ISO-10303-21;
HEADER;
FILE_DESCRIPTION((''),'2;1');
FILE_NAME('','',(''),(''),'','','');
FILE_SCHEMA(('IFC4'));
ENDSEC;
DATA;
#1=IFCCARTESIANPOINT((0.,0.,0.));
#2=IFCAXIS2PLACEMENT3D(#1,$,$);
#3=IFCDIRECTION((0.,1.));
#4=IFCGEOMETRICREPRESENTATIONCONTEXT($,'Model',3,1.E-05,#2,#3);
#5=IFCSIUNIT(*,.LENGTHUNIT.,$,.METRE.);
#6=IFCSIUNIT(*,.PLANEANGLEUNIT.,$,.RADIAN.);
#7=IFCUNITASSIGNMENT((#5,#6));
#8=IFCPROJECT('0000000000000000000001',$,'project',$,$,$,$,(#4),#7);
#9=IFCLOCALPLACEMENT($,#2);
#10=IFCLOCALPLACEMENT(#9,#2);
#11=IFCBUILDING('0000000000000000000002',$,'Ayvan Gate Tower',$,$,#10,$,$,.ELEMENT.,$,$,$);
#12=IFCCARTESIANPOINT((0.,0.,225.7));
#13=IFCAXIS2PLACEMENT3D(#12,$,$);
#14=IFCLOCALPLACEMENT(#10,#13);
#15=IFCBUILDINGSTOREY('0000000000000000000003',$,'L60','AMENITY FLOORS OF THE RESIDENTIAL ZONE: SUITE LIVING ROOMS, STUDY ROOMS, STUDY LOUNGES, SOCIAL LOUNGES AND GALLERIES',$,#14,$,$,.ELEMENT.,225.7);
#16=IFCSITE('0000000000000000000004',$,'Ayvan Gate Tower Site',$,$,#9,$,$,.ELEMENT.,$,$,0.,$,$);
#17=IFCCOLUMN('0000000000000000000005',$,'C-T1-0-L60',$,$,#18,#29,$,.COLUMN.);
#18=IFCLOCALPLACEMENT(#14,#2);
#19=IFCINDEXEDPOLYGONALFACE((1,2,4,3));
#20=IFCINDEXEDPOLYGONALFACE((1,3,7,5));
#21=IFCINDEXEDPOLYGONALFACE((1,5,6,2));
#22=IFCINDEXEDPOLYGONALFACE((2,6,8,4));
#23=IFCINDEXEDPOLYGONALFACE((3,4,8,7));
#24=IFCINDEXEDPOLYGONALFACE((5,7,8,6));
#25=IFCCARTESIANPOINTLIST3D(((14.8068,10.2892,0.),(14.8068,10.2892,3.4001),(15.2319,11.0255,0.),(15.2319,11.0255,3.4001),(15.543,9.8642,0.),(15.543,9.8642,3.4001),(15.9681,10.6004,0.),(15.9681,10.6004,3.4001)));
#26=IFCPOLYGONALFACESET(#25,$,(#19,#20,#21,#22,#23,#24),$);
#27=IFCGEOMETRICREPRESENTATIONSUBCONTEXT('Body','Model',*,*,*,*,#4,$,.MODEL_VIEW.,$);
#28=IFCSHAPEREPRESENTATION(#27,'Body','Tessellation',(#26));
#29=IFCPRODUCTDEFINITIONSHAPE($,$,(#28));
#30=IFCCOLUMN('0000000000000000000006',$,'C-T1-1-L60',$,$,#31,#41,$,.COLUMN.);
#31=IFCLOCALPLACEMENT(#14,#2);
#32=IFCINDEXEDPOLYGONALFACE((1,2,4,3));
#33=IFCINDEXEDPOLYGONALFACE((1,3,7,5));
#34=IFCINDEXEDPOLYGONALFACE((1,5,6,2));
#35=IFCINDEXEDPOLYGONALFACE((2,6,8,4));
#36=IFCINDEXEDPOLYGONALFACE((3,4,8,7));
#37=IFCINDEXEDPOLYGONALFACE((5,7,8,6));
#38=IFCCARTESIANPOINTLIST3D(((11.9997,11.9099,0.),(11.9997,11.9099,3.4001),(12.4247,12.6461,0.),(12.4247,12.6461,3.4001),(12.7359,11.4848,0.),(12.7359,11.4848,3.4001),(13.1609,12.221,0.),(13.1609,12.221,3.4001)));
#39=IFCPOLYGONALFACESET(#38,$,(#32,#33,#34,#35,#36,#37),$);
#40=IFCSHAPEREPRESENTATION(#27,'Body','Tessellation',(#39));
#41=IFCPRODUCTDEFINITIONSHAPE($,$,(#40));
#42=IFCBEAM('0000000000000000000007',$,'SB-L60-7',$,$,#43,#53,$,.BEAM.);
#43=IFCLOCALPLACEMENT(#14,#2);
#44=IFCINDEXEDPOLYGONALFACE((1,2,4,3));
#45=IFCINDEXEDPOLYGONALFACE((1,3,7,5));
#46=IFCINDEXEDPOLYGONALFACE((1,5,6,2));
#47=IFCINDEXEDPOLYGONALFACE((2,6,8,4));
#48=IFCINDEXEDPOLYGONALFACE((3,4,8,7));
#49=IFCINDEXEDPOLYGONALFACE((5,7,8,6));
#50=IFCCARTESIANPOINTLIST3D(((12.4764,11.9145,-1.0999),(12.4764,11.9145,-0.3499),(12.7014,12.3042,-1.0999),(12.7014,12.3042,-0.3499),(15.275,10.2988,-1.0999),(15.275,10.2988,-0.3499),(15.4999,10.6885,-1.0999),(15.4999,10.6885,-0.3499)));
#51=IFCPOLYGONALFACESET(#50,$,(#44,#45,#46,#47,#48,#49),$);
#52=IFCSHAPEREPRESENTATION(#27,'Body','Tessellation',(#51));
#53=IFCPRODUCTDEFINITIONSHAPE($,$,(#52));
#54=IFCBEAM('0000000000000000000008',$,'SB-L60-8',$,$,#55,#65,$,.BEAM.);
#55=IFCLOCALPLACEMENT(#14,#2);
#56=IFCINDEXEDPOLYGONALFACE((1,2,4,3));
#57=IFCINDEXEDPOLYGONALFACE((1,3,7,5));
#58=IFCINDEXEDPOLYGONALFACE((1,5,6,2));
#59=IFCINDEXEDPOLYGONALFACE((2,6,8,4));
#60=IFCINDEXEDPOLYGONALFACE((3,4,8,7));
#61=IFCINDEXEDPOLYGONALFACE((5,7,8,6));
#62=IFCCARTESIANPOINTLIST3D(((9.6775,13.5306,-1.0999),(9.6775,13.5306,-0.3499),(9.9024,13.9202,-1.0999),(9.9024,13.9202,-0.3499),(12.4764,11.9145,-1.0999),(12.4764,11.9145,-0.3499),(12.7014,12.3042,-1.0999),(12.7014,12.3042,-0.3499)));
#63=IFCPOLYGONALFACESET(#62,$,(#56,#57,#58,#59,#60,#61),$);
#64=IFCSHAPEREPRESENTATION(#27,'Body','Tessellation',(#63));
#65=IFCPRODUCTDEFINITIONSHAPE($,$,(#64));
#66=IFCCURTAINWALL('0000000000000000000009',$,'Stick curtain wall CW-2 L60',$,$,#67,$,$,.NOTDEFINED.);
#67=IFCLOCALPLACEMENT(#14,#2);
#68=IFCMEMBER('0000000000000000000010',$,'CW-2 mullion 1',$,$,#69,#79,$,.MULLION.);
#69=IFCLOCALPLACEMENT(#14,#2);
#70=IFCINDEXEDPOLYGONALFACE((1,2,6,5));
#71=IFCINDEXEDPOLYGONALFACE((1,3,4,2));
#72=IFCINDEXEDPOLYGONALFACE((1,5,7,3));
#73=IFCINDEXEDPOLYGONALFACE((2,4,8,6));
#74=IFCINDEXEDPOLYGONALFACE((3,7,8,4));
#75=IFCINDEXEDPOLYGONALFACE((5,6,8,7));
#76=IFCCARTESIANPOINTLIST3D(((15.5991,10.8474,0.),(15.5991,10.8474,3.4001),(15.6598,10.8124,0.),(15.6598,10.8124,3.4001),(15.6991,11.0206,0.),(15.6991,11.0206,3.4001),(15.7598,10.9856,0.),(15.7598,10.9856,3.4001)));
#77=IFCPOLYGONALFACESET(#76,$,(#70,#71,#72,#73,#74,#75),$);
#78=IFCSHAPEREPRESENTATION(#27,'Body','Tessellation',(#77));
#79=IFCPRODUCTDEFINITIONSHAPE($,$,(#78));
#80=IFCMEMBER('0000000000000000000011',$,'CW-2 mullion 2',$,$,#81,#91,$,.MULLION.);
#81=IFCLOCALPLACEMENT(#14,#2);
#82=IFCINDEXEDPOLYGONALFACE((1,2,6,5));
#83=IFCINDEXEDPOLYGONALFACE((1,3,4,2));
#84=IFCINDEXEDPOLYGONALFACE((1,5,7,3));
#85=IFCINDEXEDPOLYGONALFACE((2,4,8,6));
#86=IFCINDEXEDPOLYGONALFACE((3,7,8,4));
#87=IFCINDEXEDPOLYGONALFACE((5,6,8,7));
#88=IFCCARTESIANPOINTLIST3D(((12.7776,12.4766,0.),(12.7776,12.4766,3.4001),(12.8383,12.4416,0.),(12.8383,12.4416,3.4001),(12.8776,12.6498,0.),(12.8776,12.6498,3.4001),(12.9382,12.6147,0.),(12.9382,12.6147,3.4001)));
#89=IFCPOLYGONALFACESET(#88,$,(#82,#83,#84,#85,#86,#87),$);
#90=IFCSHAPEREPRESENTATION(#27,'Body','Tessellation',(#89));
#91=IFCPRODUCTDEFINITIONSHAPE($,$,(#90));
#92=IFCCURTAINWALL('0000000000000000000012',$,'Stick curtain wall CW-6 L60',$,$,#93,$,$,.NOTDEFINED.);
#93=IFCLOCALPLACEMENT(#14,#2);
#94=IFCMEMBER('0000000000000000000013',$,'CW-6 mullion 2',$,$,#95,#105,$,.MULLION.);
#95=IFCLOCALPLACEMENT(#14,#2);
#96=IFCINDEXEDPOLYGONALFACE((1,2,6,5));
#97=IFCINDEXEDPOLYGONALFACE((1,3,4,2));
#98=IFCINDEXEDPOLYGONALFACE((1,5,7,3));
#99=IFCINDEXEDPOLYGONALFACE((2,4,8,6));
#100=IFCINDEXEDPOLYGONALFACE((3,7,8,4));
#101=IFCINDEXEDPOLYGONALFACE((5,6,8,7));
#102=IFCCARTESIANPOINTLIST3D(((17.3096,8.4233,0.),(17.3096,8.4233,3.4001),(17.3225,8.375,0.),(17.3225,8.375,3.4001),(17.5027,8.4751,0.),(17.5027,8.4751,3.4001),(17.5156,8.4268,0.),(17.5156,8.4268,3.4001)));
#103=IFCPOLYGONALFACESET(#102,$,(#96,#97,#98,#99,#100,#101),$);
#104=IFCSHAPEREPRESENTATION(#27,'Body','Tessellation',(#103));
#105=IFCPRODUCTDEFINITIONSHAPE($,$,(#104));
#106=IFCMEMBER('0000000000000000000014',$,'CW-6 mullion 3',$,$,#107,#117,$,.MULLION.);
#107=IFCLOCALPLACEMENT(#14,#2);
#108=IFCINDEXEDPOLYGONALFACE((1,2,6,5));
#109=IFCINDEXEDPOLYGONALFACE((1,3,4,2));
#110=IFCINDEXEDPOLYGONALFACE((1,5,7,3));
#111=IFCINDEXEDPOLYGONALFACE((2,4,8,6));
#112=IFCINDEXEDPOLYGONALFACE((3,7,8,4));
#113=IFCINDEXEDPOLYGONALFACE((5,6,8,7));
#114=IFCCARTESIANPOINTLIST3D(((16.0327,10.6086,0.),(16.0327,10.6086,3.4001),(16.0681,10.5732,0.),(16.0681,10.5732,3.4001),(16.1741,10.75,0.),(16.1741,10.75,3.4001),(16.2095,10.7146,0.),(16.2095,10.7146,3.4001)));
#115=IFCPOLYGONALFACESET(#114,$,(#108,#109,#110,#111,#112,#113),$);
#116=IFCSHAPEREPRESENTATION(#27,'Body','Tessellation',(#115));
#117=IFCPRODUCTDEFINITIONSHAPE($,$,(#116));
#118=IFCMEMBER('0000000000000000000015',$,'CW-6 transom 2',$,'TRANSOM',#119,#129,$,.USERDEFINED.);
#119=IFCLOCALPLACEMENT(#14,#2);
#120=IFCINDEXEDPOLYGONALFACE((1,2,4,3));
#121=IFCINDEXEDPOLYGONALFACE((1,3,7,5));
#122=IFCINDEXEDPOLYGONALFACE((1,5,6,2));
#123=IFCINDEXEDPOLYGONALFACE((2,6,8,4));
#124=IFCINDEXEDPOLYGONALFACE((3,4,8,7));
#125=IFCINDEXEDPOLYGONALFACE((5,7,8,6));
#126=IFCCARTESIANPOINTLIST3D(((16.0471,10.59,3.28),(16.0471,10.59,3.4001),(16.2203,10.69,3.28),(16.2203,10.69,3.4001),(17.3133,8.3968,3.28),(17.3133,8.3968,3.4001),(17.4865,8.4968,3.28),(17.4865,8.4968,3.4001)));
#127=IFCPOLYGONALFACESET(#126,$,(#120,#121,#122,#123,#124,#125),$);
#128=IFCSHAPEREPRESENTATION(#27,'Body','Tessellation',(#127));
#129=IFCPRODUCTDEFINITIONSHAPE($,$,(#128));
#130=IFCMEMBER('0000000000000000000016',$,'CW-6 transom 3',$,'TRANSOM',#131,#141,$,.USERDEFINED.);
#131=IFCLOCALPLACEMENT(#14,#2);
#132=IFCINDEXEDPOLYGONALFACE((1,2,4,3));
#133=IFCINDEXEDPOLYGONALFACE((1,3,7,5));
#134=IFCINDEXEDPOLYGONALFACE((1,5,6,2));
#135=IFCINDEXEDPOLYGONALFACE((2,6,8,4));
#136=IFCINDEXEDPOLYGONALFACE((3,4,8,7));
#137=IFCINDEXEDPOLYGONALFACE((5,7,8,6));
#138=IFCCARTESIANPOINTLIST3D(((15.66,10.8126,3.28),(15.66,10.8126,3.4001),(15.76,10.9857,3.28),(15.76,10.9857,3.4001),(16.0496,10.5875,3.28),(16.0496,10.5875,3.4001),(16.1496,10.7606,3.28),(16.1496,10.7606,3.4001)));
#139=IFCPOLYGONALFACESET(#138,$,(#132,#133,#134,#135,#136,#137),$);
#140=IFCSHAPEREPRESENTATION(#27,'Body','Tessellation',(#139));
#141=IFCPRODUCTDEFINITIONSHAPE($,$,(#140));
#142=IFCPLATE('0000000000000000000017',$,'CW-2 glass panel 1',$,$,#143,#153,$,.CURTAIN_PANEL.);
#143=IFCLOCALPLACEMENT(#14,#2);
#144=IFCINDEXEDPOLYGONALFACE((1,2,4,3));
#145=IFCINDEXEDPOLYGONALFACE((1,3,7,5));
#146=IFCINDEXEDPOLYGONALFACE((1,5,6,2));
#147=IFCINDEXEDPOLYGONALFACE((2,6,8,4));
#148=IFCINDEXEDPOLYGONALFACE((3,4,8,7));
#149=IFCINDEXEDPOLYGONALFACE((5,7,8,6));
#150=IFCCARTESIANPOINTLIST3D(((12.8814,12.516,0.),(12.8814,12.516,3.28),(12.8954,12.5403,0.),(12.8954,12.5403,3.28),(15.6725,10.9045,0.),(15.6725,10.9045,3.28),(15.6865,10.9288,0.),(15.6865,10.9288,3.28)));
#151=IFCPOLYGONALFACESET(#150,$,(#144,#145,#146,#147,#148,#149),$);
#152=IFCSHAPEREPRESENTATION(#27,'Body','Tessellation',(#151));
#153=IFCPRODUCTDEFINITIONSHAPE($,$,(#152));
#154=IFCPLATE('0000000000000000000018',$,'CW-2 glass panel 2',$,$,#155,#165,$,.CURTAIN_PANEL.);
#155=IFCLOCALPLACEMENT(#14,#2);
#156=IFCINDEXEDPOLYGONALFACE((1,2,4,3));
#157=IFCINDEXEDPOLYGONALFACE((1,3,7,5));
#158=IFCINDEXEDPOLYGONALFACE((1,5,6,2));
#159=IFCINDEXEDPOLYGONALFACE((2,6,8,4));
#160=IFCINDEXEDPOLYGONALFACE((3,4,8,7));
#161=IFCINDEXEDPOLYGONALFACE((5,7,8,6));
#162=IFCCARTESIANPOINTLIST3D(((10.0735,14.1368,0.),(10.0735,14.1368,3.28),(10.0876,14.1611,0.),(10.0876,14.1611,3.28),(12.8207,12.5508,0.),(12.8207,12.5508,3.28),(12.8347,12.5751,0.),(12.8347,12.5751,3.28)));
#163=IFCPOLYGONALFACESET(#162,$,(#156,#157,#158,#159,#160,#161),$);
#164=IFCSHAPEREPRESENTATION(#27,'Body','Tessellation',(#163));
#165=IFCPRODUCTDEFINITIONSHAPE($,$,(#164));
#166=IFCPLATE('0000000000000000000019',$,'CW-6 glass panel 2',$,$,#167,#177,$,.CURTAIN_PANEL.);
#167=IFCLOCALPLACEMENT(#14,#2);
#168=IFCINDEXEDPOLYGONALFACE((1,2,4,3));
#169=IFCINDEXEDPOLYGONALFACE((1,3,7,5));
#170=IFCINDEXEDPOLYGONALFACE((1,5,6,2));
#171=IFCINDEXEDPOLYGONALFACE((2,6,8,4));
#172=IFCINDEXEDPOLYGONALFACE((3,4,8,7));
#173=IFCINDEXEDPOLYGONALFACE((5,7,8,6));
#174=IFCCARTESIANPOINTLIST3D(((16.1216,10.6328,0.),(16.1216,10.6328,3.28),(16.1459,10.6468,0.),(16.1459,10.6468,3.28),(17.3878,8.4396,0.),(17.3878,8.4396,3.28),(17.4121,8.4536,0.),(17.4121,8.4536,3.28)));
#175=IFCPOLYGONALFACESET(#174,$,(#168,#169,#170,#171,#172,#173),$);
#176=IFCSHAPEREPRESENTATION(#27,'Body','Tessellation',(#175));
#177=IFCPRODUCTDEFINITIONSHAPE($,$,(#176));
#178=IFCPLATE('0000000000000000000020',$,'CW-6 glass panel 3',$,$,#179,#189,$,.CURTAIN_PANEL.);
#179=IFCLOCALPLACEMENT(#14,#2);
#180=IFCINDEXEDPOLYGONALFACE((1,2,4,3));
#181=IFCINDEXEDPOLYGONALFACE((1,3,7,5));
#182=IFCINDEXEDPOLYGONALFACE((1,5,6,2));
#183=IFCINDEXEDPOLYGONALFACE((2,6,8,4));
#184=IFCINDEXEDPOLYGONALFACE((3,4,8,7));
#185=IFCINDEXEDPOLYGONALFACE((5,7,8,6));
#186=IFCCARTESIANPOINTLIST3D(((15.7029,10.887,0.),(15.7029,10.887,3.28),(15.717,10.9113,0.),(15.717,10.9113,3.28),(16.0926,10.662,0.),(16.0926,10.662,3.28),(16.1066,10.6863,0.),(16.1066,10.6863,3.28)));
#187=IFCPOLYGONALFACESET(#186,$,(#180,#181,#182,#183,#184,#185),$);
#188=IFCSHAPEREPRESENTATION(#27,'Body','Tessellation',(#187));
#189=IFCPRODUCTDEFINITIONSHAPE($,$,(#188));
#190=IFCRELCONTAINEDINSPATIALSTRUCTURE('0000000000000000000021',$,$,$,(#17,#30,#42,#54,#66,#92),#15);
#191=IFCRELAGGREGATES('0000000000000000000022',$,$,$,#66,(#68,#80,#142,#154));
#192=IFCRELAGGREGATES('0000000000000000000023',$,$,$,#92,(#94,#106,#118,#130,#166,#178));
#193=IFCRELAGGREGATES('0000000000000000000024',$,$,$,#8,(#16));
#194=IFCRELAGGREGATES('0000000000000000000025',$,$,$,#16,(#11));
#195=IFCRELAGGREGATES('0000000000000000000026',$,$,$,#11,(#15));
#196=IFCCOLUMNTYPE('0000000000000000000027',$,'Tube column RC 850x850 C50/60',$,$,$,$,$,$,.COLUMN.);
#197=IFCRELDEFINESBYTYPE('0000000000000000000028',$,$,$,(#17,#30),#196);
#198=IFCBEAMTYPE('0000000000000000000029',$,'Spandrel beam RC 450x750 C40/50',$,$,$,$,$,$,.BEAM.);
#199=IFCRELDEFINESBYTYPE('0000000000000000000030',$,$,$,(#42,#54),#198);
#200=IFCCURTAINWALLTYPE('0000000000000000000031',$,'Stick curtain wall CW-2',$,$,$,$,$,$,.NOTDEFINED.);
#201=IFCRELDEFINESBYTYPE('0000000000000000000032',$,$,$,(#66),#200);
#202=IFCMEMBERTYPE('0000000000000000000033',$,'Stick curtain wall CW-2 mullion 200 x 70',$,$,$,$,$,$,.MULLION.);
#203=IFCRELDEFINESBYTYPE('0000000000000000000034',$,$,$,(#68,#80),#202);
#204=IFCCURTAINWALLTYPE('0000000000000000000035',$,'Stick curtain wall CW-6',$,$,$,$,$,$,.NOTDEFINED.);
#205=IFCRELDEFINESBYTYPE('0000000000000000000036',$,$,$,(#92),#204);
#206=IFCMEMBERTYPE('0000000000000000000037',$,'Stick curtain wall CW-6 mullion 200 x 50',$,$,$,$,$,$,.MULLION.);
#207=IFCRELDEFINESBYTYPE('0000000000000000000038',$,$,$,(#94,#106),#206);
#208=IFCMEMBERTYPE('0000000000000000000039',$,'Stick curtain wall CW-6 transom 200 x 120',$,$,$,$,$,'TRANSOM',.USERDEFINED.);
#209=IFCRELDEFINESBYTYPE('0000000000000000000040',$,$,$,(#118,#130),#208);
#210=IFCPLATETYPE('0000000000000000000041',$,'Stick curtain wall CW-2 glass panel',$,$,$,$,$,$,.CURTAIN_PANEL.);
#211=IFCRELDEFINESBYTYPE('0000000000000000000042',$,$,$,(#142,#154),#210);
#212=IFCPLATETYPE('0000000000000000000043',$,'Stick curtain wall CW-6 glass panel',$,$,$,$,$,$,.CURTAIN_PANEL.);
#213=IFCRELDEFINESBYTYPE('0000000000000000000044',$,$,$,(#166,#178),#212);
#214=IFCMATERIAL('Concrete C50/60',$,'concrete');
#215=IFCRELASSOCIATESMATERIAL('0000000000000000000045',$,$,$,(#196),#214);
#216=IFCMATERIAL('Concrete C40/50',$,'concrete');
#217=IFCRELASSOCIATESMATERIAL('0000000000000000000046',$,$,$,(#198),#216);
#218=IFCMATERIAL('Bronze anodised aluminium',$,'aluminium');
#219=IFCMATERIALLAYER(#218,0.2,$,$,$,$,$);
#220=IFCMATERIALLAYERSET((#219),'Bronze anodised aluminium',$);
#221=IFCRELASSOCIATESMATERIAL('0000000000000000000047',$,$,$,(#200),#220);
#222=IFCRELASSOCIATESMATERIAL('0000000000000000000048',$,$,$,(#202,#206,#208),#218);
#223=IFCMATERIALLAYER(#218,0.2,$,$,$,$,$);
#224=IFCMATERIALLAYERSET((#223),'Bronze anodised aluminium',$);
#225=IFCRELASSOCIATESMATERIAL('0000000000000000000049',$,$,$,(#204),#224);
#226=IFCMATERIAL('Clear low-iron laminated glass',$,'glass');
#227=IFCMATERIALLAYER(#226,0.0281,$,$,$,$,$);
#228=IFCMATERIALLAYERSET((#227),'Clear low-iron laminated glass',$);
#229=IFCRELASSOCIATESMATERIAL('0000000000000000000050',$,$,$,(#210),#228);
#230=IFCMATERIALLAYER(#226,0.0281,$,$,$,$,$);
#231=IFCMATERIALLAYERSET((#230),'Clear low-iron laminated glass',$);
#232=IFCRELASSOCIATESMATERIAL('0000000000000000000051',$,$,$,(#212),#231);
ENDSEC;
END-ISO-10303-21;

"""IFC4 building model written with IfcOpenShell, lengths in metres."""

from ifc_helpers import new_model, si_unit, direction, frame, origin, origin_2d, place, context, subcontext, project, spatial, rectangle, extrude, material, layer, layer_set, material_profile, profile_set, type_object, element, aggregate, save


model = new_model("IFC4")

# Units and contexts
model_context = context("Model", 3, precision=1e-05, world=origin(), true_north=direction((0.0, 1.0)))
body_context = subcontext(model_context, "Body", "Model", "MODEL_VIEW")
ifc_project = project(units=[si_unit("LENGTHUNIT", "METRE"), si_unit("PLANEANGLEUNIT", "RADIAN")], contexts=[model_context])

# Site, building, storey
site_placement = place(None, origin())
site = spatial("IfcSite", under=ifc_project, at=site_placement, Name="Ayvan Gate Tower Site", CompositionType="ELEMENT", RefElevation=0.0)
building_placement = place(site_placement, origin())
building = spatial("IfcBuilding", under=site, at=building_placement, Name="Ayvan Gate Tower", CompositionType="ELEMENT")
storey_placement = place(building_placement, frame((0.0, 0.0, 225.7)))
storey = spatial("IfcBuildingStorey", under=building, at=storey_placement, Name="L60", Description="AMENITY FLOORS OF THE RESIDENTIAL ZONE: SUITE LIVING ROOMS, STUDY ROOMS, STUDY LOUNGES, SOCIAL LOUNGES AND GALLERIES", CompositionType="ELEMENT", Elevation=225.7)

# Columns
ifc_material_1 = material(Name="Concrete C50/60", Category="concrete")
ifc_material_profile_1 = material_profile(ifc_material_1, rectangle(XDim=0.8501, YDim=0.8501, at=origin_2d()), Name="RC 850x850")
ifc_profile_set_1 = profile_set([ifc_material_profile_1], Name="Concrete C50/60")
column_type = type_object("IfcColumnType", Name="Tube column RC 850x850 C50/60", PredefinedType="COLUMN", material=ifc_profile_set_1)
for number, where, z_axis, x_axis, name in (
    (1, (15.3875, 10.4448, 0.0), (0.0, 0.0, 1.0), (0.5, 0.866025, 0.0), "C-T1-0-L60"),
    (2, (12.5803, 12.0654, 0.0), (0.0, 0.0, 1.0), (0.5, 0.866025, 0.0), "C-T1-1-L60"),
):
    element("IfcColumn", number, at=place(storey_placement, frame(where, z_axis=z_axis, x_axis=x_axis)), inside=storey, type_object=column_type, Name=name, PredefinedType="COLUMN", context=body_context, shape_type="SweptSolid", body=[
        extrude(rectangle(XDim=0.8501, YDim=0.8501, at=origin_2d()), origin(), (0.0, 0.0, 1.0), 3.4001),
    ])

# Beams
ifc_material_2 = material(Name="Concrete C40/50", Category="concrete")
ifc_material_profile_2 = material_profile(ifc_material_2, rectangle(XDim=0.45, YDim=0.75, at=origin_2d()), Name="RC 450x750")
ifc_profile_set_2 = profile_set([ifc_material_profile_2], Name="Concrete C40/50")
beam_type = type_object("IfcBeamType", Name="Spandrel beam RC 450x750 C40/50", PredefinedType="BEAM", material=ifc_profile_set_2)
beam_1_placement = place(storey_placement, frame((15.3875, 10.4937, -0.7249), z_axis=(-0.866031, 0.499991, 0.0), x_axis=(-0.499991, -0.866031, 0.0)))
element("IfcBeam", 3, at=beam_1_placement, inside=storey, type_object=beam_type, Name="SB-L60-7", PredefinedType="BEAM", context=body_context, shape_type="SweptSolid", body=[
    extrude(rectangle(XDim=0.45, YDim=0.75, at=origin_2d()), origin(), (0.0, 0.0, 1.0), 3.2314),
])
beam_2_placement = place(storey_placement, frame((12.5889, 12.1094, -0.7249), z_axis=(-0.866017, 0.500015, 0.0), x_axis=(-0.500015, -0.866017, 0.0)))
element("IfcBeam", 4, at=beam_2_placement, inside=storey, type_object=beam_type, Name="SB-L60-8", PredefinedType="BEAM", context=body_context, shape_type="SweptSolid", body=[
    extrude(rectangle(XDim=0.45, YDim=0.75, at=origin_2d()), origin(), (0.0, 0.0, 1.0), 3.2319),
])

# Curtain walls, members
ifc_material_3 = material(Name="Bronze anodised aluminium", Category="aluminium")
ifc_layer_1 = layer(ifc_material_3, 0.2)
ifc_layer_set_1 = layer_set([ifc_layer_1], Name="Bronze anodised aluminium")
curtain_wall_type_1 = type_object("IfcCurtainWallType", Name="Stick curtain wall CW-2", PredefinedType="NOTDEFINED", material=ifc_layer_set_1)
curtain_wall_1_placement = place(storey_placement, origin())
curtain_wall_1 = element("IfcCurtainWall", 5, at=curtain_wall_1_placement, inside=storey, type_object=curtain_wall_type_1, Name="Stick curtain wall CW-2 L60", PredefinedType="NOTDEFINED")
ifc_material_profile_3 = material_profile(ifc_material_3, rectangle(XDim=0.2, YDim=0.0701, at=origin_2d()), Name="Stick curtain wall CW-2 mullion 200 x 70")
ifc_profile_set_3 = profile_set([ifc_material_profile_3], Name="Bronze anodised aluminium")
member_type_1 = type_object("IfcMemberType", Name="Stick curtain wall CW-2 mullion 200 x 70", PredefinedType="MULLION", material=ifc_profile_set_3)
member_1_placement = place(storey_placement, frame((15.6794, 10.9165, 0.0), z_axis=(0.0, 0.0, 1.0), x_axis=(0.5, 0.866025, 0.0)))
member_1 = element("IfcMember", 6, at=member_1_placement, type_object=member_type_1, Name="CW-2 mullion 1", PredefinedType="MULLION", context=body_context, shape_type="SweptSolid", body=[
    extrude(rectangle(XDim=0.2, YDim=0.0701, at=origin_2d()), origin(), (0.0, 0.0, 1.0), 3.4001),
])
member_2_placement = place(storey_placement, frame((12.8579, 12.5457, 0.0), z_axis=(0.0, 0.0, 1.0), x_axis=(0.5, 0.866025, 0.0)))
member_2 = element("IfcMember", 7, at=member_2_placement, type_object=member_type_1, Name="CW-2 mullion 2", PredefinedType="MULLION", context=body_context, shape_type="SweptSolid", body=[
    extrude(rectangle(XDim=0.2, YDim=0.0701, at=origin_2d()), origin(), (0.0, 0.0, 1.0), 3.4001),
])
ifc_layer_2 = layer(ifc_material_3, 0.2)
ifc_layer_set_2 = layer_set([ifc_layer_2], Name="Bronze anodised aluminium")
curtain_wall_type_2 = type_object("IfcCurtainWallType", Name="Stick curtain wall CW-6", PredefinedType="NOTDEFINED", material=ifc_layer_set_2)
curtain_wall_2_placement = place(storey_placement, origin())
curtain_wall_2 = element("IfcCurtainWall", 8, at=curtain_wall_2_placement, inside=storey, type_object=curtain_wall_type_2, Name="Stick curtain wall CW-6 L60", PredefinedType="NOTDEFINED")
ifc_material_profile_4 = material_profile(ifc_material_3, rectangle(XDim=0.2, YDim=0.05, at=origin_2d()), Name="Stick curtain wall CW-6 mullion 200 x 50")
ifc_profile_set_4 = profile_set([ifc_material_profile_4], Name="Bronze anodised aluminium")
member_type_2 = type_object("IfcMemberType", Name="Stick curtain wall CW-6 mullion 200 x 50", PredefinedType="MULLION", material=ifc_profile_set_4)
member_3_placement = place(storey_placement, frame((17.4126, 8.425, 0.0), z_axis=(0.0, 0.0, 1.0), x_axis=(0.965926, 0.258819, 0.0)))
member_3 = element("IfcMember", 9, at=member_3_placement, type_object=member_type_2, Name="CW-6 mullion 2", PredefinedType="MULLION", context=body_context, shape_type="SweptSolid", body=[
    extrude(rectangle(XDim=0.2, YDim=0.05, at=origin_2d()), origin(), (0.0, 0.0, 1.0), 3.4001),
])
member_4_placement = place(storey_placement, frame((16.1211, 10.6616, 0.0), z_axis=(0.0, 0.0, 1.0), x_axis=(0.707107, 0.707107, 0.0)))
member_4 = element("IfcMember", 10, at=member_4_placement, type_object=member_type_2, Name="CW-6 mullion 3", PredefinedType="MULLION", context=body_context, shape_type="SweptSolid", body=[
    extrude(rectangle(XDim=0.2, YDim=0.05, at=origin_2d()), origin(), (0.0, 0.0, 1.0), 3.4001),
])
ifc_material_profile_5 = material_profile(ifc_material_3, rectangle(XDim=0.2, YDim=0.1201, at=origin_2d()), Name="Stick curtain wall CW-6 transom 200 x 120")
ifc_profile_set_5 = profile_set([ifc_material_profile_5], Name="Bronze anodised aluminium")
member_type_3 = type_object("IfcMemberType", Name="Stick curtain wall CW-6 transom 200 x 120", ElementType="TRANSOM", PredefinedType="USERDEFINED", material=ifc_profile_set_5)
member_5_placement = place(storey_placement, frame((17.3999, 8.4468, 3.3401), z_axis=(-0.499976, 0.866039, 0.0), x_axis=(-0.866039, -0.499976, 0.0)))
member_5 = element("IfcMember", 11, at=member_5_placement, type_object=member_type_3, Name="CW-6 transom 2", ObjectType="TRANSOM", PredefinedType="USERDEFINED", context=body_context, shape_type="SweptSolid", body=[
    extrude(rectangle(XDim=0.2, YDim=0.1201, at=origin_2d()), origin(), (0.0, 0.0, 1.0), 2.5325),
])
member_6_placement = place(storey_placement, frame((16.0996, 10.6741, 3.3401), z_axis=(-0.865896, 0.500223, 0.0), x_axis=(-0.500223, -0.865896, 0.0)))
member_6 = element("IfcMember", 12, at=member_6_placement, type_object=member_type_3, Name="CW-6 transom 3", ObjectType="TRANSOM", PredefinedType="USERDEFINED", context=body_context, shape_type="SweptSolid", body=[
    extrude(rectangle(XDim=0.2, YDim=0.1201, at=origin_2d()), origin(), (0.0, 0.0, 1.0), 0.45),
])

# Plates
ifc_material_4 = material(Name="Clear low-iron laminated glass", Category="glass")
ifc_layer_3 = layer(ifc_material_4, 0.0281)
ifc_layer_set_3 = layer_set([ifc_layer_3], Name="Clear low-iron laminated glass")
plate_type_1 = type_object("IfcPlateType", Name="Stick curtain wall CW-2 glass panel", PredefinedType="CURTAIN_PANEL", material=ifc_layer_set_3)
plate_1_placement = place(storey_placement, frame((14.2839, 11.7224, 0.0), z_axis=(0.0, 0.0, 1.0), x_axis=(-0.866025, 0.5, 0.0)))
plate_1 = element("IfcPlate", 13, at=plate_1_placement, type_object=plate_type_1, Name="CW-2 glass panel 1", PredefinedType="CURTAIN_PANEL", context=body_context, shape_type="SweptSolid", body=[
    extrude(rectangle(XDim=3.2229, YDim=0.0281, at=origin_2d()), origin(), (0.0, 0.0, 1.0), 3.28),
])
plate_2_placement = place(storey_placement, frame((11.4541, 13.356, 0.0), z_axis=(0.0, 0.0, 1.0), x_axis=(-0.866025, 0.5, 0.0)))
plate_2 = element("IfcPlate", 14, at=plate_2_placement, type_object=plate_type_1, Name="CW-2 glass panel 2", PredefinedType="CURTAIN_PANEL", context=body_context, shape_type="SweptSolid", body=[
    extrude(rectangle(XDim=3.1721, YDim=0.0281, at=origin_2d()), origin(), (0.0, 0.0, 1.0), 3.28),
])
aggregate(curtain_wall_1, [member_1, member_2, plate_1, plate_2])
ifc_layer_4 = layer(ifc_material_4, 0.0281)
ifc_layer_set_4 = layer_set([ifc_layer_4], Name="Clear low-iron laminated glass")
plate_type_2 = type_object("IfcPlateType", Name="Stick curtain wall CW-6 glass panel", PredefinedType="CURTAIN_PANEL", material=ifc_layer_set_4)
plate_3_placement = place(storey_placement, frame((16.7668, 9.5432, 0.0), z_axis=(0.0, 0.0, 1.0), x_axis=(-0.5, 0.866025, 0.0)))
plate_3 = element("IfcPlate", 15, at=plate_3_placement, type_object=plate_type_2, Name="CW-6 glass panel 2", PredefinedType="CURTAIN_PANEL", context=body_context, shape_type="SweptSolid", body=[
    extrude(rectangle(XDim=2.5325, YDim=0.0281, at=origin_2d()), origin(), (0.0, 0.0, 1.0), 3.28),
])
plate_4_placement = place(storey_placement, frame((15.9048, 10.7866, 0.0), z_axis=(0.0, 0.0, 1.0), x_axis=(-0.866025, 0.5, 0.0)))
plate_4 = element("IfcPlate", 16, at=plate_4_placement, type_object=plate_type_2, Name="CW-6 glass panel 3", PredefinedType="CURTAIN_PANEL", context=body_context, shape_type="SweptSolid", body=[
    extrude(rectangle(XDim=0.45, YDim=0.0281, at=origin_2d()), origin(), (0.0, 0.0, 1.0), 3.28),
])
aggregate(curtain_wall_2, [member_3, member_4, member_5, member_6, plate_3, plate_4])

save(model, "model.ifc")
